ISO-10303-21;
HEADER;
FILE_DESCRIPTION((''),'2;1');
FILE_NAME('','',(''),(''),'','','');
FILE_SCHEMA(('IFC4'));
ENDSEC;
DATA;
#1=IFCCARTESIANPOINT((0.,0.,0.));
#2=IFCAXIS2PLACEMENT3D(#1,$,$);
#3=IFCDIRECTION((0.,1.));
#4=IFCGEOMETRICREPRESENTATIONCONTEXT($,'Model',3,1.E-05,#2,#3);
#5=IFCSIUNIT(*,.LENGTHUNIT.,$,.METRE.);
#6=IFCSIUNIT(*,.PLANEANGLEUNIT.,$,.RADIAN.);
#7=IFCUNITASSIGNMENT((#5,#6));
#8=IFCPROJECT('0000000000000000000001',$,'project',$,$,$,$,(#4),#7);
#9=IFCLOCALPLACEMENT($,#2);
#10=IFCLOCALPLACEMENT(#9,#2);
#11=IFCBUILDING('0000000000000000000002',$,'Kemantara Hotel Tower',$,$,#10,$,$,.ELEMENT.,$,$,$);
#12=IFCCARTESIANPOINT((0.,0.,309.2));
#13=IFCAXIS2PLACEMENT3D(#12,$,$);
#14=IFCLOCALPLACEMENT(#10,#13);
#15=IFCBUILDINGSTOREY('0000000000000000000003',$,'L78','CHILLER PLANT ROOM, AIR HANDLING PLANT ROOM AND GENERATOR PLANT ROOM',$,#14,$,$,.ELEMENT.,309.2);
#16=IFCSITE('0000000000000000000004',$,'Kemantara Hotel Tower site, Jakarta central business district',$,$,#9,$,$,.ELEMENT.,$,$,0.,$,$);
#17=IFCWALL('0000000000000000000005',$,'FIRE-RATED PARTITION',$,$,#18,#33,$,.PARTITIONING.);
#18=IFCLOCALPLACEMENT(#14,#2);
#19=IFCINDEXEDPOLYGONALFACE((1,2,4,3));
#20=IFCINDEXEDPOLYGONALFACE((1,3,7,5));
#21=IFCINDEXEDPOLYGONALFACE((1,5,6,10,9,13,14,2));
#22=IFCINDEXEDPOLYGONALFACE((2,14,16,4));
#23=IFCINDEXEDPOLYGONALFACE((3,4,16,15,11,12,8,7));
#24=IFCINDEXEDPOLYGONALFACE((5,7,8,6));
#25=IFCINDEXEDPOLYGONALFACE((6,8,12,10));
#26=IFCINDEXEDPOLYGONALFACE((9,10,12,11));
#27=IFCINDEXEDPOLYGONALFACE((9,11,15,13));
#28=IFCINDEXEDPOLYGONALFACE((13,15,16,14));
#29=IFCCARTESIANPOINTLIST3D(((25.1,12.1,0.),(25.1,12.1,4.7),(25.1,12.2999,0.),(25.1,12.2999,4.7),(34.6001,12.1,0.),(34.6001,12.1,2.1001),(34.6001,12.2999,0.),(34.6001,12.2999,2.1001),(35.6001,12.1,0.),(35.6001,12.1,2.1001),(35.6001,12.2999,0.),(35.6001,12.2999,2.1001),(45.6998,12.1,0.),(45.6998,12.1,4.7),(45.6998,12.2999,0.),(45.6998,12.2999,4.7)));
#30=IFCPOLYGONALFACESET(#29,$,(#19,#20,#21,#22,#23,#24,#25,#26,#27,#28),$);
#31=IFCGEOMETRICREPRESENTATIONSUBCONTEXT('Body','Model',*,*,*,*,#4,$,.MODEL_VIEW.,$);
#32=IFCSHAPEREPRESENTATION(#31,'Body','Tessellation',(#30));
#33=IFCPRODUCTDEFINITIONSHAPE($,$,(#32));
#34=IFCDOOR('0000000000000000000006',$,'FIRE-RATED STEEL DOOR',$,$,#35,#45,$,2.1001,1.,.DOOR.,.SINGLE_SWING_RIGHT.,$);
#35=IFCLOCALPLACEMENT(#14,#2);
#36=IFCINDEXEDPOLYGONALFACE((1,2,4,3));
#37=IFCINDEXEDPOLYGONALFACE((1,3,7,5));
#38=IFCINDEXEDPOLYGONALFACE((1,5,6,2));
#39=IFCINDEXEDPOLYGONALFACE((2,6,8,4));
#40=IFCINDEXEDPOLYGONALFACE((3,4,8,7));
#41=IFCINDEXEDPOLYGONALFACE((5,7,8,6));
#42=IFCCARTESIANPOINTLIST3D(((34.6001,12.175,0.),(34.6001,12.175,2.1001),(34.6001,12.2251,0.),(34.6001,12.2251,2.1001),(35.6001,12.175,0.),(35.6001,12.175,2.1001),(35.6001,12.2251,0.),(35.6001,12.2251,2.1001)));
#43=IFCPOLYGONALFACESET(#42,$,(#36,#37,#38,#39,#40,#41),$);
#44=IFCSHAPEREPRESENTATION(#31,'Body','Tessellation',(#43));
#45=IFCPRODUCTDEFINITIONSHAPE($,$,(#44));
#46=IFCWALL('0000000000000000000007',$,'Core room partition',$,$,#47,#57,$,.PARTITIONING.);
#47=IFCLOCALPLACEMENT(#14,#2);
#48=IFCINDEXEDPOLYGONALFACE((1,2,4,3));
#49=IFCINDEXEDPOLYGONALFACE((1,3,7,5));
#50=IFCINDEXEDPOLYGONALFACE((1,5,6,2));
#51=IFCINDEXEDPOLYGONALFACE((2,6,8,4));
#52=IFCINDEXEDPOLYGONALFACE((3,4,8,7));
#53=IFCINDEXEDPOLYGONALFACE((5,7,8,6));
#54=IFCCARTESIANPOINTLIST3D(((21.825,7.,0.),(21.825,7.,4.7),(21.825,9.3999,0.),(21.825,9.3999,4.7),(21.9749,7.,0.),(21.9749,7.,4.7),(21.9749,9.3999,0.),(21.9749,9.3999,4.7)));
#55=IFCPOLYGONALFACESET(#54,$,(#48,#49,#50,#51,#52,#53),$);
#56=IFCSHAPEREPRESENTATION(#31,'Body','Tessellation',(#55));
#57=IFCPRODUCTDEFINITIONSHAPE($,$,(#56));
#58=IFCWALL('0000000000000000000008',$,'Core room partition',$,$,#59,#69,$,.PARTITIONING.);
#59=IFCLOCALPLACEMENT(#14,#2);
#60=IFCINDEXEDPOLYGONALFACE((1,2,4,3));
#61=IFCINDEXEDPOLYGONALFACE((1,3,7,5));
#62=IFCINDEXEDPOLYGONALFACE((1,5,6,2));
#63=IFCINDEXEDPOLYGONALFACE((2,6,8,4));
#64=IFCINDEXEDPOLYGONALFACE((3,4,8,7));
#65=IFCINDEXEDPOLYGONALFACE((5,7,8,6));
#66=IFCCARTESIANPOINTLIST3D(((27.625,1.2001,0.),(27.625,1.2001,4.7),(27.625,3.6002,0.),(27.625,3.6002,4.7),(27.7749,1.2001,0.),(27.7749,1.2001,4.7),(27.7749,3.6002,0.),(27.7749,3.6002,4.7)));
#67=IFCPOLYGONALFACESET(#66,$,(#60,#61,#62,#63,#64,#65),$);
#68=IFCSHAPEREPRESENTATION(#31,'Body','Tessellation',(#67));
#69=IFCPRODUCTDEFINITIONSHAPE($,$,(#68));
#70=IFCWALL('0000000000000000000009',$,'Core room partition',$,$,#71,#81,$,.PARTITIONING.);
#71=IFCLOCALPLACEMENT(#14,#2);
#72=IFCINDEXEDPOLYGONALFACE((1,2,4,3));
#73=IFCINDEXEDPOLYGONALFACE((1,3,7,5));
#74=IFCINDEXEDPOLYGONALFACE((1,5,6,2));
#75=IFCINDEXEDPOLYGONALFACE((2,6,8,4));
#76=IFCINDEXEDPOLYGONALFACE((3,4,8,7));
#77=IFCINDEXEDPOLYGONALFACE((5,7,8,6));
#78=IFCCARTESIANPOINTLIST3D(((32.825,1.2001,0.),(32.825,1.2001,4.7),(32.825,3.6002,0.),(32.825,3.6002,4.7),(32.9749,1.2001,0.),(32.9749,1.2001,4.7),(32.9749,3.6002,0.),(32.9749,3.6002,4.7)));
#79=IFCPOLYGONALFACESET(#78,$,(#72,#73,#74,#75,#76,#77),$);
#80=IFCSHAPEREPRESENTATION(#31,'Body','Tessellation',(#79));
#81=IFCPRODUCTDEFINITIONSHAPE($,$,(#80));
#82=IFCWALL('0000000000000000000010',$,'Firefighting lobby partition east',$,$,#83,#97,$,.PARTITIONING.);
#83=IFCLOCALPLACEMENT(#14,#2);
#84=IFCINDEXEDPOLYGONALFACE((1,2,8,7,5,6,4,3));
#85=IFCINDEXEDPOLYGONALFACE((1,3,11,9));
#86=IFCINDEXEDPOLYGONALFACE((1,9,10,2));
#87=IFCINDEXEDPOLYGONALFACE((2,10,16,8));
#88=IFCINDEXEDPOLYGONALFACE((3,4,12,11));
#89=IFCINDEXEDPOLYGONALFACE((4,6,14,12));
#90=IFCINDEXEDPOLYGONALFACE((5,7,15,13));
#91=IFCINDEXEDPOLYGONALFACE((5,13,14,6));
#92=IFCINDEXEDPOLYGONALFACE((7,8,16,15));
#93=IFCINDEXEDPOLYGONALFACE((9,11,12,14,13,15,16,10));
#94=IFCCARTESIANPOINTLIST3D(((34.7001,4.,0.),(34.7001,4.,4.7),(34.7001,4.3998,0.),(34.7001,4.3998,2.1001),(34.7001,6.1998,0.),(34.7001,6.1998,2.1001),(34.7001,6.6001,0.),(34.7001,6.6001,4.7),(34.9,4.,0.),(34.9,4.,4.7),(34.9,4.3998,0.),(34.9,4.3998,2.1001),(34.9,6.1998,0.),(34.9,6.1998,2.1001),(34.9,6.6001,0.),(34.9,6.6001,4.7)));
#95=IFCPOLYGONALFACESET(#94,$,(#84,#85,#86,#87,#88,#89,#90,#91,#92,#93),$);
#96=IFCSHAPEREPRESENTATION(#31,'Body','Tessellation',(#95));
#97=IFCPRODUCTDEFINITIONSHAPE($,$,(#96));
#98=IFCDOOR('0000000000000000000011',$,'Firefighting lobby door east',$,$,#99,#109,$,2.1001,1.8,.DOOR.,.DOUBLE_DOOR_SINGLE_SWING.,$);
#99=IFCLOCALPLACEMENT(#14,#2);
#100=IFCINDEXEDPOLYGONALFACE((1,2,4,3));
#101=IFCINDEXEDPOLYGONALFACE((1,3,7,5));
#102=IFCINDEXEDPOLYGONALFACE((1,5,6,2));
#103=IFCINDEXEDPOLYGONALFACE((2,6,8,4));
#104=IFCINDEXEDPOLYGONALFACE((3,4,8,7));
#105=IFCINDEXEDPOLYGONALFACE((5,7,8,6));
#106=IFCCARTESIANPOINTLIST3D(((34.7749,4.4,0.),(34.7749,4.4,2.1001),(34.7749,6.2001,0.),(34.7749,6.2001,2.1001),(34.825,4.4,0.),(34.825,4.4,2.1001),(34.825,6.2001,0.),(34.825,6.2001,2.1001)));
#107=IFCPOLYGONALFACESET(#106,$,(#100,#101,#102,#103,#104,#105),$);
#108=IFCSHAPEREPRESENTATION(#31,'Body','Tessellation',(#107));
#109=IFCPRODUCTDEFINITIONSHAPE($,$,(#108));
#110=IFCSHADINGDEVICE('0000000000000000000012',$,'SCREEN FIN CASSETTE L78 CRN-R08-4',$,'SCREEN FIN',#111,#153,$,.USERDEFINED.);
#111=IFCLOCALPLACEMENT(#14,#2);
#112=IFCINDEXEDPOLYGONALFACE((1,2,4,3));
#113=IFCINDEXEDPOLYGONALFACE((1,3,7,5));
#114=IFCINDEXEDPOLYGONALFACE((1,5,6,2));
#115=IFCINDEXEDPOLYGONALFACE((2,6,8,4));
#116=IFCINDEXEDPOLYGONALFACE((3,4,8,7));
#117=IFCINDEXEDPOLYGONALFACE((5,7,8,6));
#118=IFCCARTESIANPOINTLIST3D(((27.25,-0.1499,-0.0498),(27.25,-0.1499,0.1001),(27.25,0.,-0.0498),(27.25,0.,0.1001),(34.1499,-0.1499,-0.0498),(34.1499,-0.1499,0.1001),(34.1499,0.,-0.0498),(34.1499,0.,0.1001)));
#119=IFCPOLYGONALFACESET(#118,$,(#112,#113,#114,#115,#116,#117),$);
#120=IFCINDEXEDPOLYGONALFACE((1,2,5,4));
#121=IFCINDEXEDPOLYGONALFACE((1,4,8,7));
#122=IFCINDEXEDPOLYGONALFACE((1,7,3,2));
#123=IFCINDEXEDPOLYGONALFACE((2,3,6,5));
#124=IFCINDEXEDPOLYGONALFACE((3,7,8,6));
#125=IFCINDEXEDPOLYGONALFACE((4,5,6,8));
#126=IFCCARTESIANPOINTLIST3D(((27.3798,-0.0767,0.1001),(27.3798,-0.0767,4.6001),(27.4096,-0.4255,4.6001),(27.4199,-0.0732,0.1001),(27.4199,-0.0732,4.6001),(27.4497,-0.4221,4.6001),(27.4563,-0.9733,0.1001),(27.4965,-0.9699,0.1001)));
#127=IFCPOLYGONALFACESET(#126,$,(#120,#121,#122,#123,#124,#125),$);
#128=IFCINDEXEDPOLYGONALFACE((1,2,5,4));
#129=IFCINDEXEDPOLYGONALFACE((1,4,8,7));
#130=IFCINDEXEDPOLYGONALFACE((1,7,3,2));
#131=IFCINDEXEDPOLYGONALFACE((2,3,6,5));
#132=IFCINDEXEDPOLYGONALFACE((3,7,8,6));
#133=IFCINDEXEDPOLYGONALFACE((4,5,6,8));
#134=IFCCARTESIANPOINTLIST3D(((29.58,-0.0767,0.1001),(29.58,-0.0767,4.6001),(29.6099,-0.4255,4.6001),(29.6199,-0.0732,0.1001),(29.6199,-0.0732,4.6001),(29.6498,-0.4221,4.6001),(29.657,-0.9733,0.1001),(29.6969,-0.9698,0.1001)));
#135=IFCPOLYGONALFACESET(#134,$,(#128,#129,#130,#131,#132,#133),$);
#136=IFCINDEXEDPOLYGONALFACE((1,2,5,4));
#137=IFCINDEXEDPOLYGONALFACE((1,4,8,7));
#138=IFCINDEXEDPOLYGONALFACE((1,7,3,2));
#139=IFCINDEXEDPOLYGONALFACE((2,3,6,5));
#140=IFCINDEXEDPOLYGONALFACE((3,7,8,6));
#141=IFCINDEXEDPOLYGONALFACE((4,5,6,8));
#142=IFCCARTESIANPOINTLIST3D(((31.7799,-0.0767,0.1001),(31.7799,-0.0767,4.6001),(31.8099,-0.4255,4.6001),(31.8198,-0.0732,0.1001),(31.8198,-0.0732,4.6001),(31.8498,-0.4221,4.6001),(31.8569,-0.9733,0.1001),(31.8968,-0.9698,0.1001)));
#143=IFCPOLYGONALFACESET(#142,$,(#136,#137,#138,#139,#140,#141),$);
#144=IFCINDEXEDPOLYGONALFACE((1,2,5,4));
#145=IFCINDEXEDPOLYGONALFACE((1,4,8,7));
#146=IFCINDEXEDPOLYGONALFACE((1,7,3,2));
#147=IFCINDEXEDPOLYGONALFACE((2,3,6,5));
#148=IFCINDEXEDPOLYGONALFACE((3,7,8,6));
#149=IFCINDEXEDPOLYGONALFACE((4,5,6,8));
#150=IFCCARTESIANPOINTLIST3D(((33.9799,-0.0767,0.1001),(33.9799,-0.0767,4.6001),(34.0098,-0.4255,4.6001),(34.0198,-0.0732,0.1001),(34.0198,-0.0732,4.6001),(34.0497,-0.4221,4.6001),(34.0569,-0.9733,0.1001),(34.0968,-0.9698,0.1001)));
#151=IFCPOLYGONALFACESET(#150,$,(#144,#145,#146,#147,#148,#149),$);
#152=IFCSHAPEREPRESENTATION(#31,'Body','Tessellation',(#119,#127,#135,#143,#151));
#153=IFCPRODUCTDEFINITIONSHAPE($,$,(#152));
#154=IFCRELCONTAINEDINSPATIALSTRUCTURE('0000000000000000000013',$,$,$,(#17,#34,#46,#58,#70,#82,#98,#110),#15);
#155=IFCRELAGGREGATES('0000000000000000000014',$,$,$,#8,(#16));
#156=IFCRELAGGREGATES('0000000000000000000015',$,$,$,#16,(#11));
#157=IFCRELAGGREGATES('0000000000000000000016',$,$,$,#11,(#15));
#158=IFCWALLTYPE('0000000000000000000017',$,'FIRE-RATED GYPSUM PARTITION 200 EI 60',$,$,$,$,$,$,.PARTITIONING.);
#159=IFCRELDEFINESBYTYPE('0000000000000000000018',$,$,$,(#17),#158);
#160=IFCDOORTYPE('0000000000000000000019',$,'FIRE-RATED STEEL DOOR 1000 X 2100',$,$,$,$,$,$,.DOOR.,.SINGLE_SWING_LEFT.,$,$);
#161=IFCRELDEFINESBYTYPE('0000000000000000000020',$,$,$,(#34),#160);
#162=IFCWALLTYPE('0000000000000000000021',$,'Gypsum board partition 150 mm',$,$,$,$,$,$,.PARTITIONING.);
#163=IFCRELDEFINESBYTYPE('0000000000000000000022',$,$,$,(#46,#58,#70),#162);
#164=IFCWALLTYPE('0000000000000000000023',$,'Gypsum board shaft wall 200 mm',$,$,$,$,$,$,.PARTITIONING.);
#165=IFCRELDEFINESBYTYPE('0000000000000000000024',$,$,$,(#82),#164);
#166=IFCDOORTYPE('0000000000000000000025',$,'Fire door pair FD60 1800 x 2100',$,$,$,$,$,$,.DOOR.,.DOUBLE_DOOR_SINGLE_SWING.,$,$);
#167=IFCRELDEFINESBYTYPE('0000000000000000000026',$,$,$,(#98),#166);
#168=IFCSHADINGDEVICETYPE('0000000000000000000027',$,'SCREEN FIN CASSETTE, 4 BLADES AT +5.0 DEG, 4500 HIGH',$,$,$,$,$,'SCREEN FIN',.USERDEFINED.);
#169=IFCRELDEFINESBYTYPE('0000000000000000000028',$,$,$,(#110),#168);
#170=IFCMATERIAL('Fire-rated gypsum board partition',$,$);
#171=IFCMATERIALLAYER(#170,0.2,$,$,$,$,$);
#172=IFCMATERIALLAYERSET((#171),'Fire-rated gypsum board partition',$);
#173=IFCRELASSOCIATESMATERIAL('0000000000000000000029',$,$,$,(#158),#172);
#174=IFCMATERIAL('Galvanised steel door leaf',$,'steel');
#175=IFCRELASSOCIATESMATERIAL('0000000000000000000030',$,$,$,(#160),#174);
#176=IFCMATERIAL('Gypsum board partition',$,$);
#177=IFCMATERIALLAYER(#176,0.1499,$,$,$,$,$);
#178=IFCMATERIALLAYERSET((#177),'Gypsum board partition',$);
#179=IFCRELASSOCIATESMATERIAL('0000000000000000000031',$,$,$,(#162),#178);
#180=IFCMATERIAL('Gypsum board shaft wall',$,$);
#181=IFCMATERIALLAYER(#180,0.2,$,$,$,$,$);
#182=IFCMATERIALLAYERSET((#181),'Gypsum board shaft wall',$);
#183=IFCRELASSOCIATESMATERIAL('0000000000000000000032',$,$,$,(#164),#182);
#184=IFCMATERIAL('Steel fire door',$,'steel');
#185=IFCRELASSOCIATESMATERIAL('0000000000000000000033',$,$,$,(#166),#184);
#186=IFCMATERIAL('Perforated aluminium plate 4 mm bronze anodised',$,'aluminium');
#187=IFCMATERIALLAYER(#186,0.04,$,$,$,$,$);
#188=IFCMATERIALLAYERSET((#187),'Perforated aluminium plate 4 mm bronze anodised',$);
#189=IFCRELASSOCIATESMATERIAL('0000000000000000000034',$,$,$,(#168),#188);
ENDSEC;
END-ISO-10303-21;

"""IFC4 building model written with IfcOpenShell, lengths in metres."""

from ifc_helpers import new_model, si_unit, direction, frame, frame_2d, origin, origin_2d, place, context, subcontext, project, spatial, polyline, rectangle, outline, extrude, source, transform, mapped, material, layer, layer_set, type_object, element, fill, save


model = new_model("IFC4")

# Units and contexts
model_context = context("Model", 3, precision=1e-05, world=origin(), true_north=direction((0.0, 1.0)))
body_context = subcontext(model_context, "Body", "Model", "MODEL_VIEW")
ifc_project = project(units=[si_unit("LENGTHUNIT", "METRE"), si_unit("PLANEANGLEUNIT", "RADIAN")], contexts=[model_context])

# Site, building, storey
site_placement = place(None, origin())
site = spatial("IfcSite", under=ifc_project, at=site_placement, Name="Kemantara Hotel Tower site, Jakarta central business district", CompositionType="ELEMENT", RefElevation=0.0)
building_placement = place(site_placement, origin())
building = spatial("IfcBuilding", under=site, at=building_placement, Name="Kemantara Hotel Tower", CompositionType="ELEMENT")
storey_placement = place(building_placement, frame((0.0, 0.0, 309.2)))
storey = spatial("IfcBuildingStorey", under=building, at=storey_placement, Name="L78", Description="CHILLER PLANT ROOM, AIR HANDLING PLANT ROOM AND GENERATOR PLANT ROOM", CompositionType="ELEMENT", Elevation=309.2)

# Wall, opening, door
ifc_material_1 = material(Name="Fire-rated gypsum board partition")
ifc_layer_1 = layer(ifc_material_1, 0.2)
ifc_layer_set_1 = layer_set([ifc_layer_1], Name="Fire-rated gypsum board partition")
wall_type_1 = type_object("IfcWallType", Name="FIRE-RATED GYPSUM PARTITION 200 EI 60", PredefinedType="PARTITIONING", material=ifc_layer_set_1)
wall_1_placement = place(storey_placement, frame((25.1001, 12.2, 0.0), z_axis=(0.0, 0.0, 1.0), x_axis=(1.0, 0.0, 0.0)))
wall_1 = element("IfcWall", 1, at=wall_1_placement, inside=storey, type_object=wall_type_1, Name="FIRE-RATED PARTITION", PredefinedType="PARTITIONING", context=body_context, shape_type="SweptSolid", body=[
    extrude(rectangle(XDim=20.5999, YDim=0.2, at=frame_2d((10.2998, 0.0))), origin(), (0.0, 0.0, 1.0), 4.7),
])
opening_1_placement = place(wall_1_placement, frame((9.5, 0.0, 0.0)))
opening_1 = element("IfcOpeningElement", 2, at=opening_1_placement, cuts=wall_1, PredefinedType="OPENING", context=body_context, shape_type="SweptSolid", body=[
    extrude(rectangle(XDim=1.0, YDim=2.1001, at=frame_2d((0.5, 1.05))), frame((0.0, 0.1099, 0.0), z_axis=(0.0, -1.0, 0.0), x_axis=(1.0, 0.0, 0.0)), (0.0, 0.0, 1.0), 0.22),
])
ifc_material_2 = material(Name="Galvanised steel door leaf", Category="steel")
door_type_1 = type_object("IfcDoorType", Name="FIRE-RATED STEEL DOOR 1000 X 2100", OperationType="SINGLE_SWING_LEFT", PredefinedType="DOOR", material=ifc_material_2)
door_1_placement = place(opening_1_placement, frame((1.0, 0.0, 0.0), z_axis=(0.0, 0.0, 1.0), x_axis=(-1.0, 0.0, 0.0)))
door_1 = element("IfcDoor", 3, at=door_1_placement, inside=storey, type_object=door_type_1, Name="FIRE-RATED STEEL DOOR", OperationType="SINGLE_SWING_RIGHT", OverallHeight=2.1001, OverallWidth=1.0, PredefinedType="DOOR", context=body_context, shape_type="SweptSolid", body=[
    extrude(rectangle(XDim=1.0, YDim=2.1001, at=frame_2d((0.5, 1.05))), frame((0.0, 0.0249, 0.0), z_axis=(0.0, -1.0, 0.0), x_axis=(1.0, 0.0, 0.0)), (0.0, 0.0, 1.0), 0.05),
])
fill(opening_1, door_1)

# Walls
ifc_material_3 = material(Name="Gypsum board partition")
ifc_layer_2 = layer(ifc_material_3, 0.1499)
ifc_layer_set_2 = layer_set([ifc_layer_2], Name="Gypsum board partition")
wall_type_2 = type_object("IfcWallType", Name="Gypsum board partition 150 mm", PredefinedType="PARTITIONING", material=ifc_layer_set_2)
wall_2_placement = place(storey_placement, frame((21.8999, 7.0, 0.0), z_axis=(0.0, 0.0, 1.0), x_axis=(0.0, 1.0, 0.0)))
element("IfcWall", 4, at=wall_2_placement, inside=storey, type_object=wall_type_2, Name="Core room partition", PredefinedType="PARTITIONING", context=body_context, shape_type="SweptSolid", body=[
    extrude(rectangle(XDim=2.3999, YDim=0.1499, at=frame_2d((1.2, 0.0))), origin(), (0.0, 0.0, 1.0), 4.7),
])
for number, where, z_axis, x_axis, name in (
    (5, (27.7, 1.2, 0.0), (0.0, 0.0, 1.0), (0.0, 1.0, 0.0), "Core room partition"),
    (6, (32.8999, 1.2, 0.0), (0.0, 0.0, 1.0), (0.0, 1.0, 0.0), "Core room partition"),
):
    element("IfcWall", number, at=place(storey_placement, frame(where, z_axis=z_axis, x_axis=x_axis)), inside=storey, type_object=wall_type_2, Name=name, PredefinedType="PARTITIONING", context=body_context, shape_type="SweptSolid", body=[
        extrude(rectangle(XDim=2.4001, YDim=0.1499, at=frame_2d((1.2002, 0.0))), origin(), (0.0, 0.0, 1.0), 4.7),
    ])

# Wall, opening, door
ifc_material_4 = material(Name="Gypsum board shaft wall")
ifc_layer_3 = layer(ifc_material_4, 0.2)
ifc_layer_set_3 = layer_set([ifc_layer_3], Name="Gypsum board shaft wall")
wall_type_3 = type_object("IfcWallType", Name="Gypsum board shaft wall 200 mm", PredefinedType="PARTITIONING", material=ifc_layer_set_3)
wall_3_placement = place(storey_placement, frame((34.8, 4.0, 0.0), z_axis=(0.0, 0.0, 1.0), x_axis=(0.0, 1.0, 0.0)))
wall_3 = element("IfcWall", 7, at=wall_3_placement, inside=storey, type_object=wall_type_3, Name="Firefighting lobby partition east", PredefinedType="PARTITIONING", context=body_context, shape_type="SweptSolid", body=[
    extrude(rectangle(XDim=2.6001, YDim=0.2, at=frame_2d((1.3, 0.0))), origin(), (0.0, 0.0, 1.0), 4.7),
])
opening_2_placement = place(wall_3_placement, frame((0.3999, 0.0, 0.0)))
opening_2 = element("IfcOpeningElement", 8, at=opening_2_placement, cuts=wall_3, PredefinedType="OPENING", context=body_context, shape_type="SweptSolid", body=[
    extrude(rectangle(XDim=1.8, YDim=2.1001, at=frame_2d((0.8999, 1.05))), frame((0.0, 0.1099, 0.0), z_axis=(0.0, -1.0, 0.0), x_axis=(1.0, 0.0, 0.0)), (0.0, 0.0, 1.0), 0.22),
])
ifc_material_5 = material(Name="Steel fire door", Category="steel")
door_type_2 = type_object("IfcDoorType", Name="Fire door pair FD60 1800 x 2100", OperationType="DOUBLE_DOOR_SINGLE_SWING", PredefinedType="DOOR", material=ifc_material_5)
door_2_placement = place(opening_2_placement, frame((1.8, 0.0, 0.0), z_axis=(0.0, 0.0, 1.0), x_axis=(-1.0, 0.0, 0.0)))
door_2 = element("IfcDoor", 9, at=door_2_placement, inside=storey, type_object=door_type_2, Name="Firefighting lobby door east", OperationType="DOUBLE_DOOR_SINGLE_SWING", OverallHeight=2.1001, OverallWidth=1.8, PredefinedType="DOOR", context=body_context, shape_type="SweptSolid", body=[
    extrude(rectangle(XDim=1.8, YDim=2.1001, at=frame_2d((0.8999, 1.05))), frame((0.0, 0.0249, 0.0), z_axis=(0.0, -1.0, 0.0), x_axis=(1.0, 0.0, 0.0)), (0.0, 0.0, 1.0), 0.05),
])
fill(opening_2, door_2)

# Shading device
ifc_material_6 = material(Name="Perforated aluminium plate 4 mm bronze anodised", Category="aluminium")
ifc_layer_4 = layer(ifc_material_6, 0.04)
ifc_layer_set_4 = layer_set([ifc_layer_4], Name="Perforated aluminium plate 4 mm bronze anodised")
shading_device_type_1 = type_object("IfcShadingDeviceType", Name="SCREEN FIN CASSETTE, 4 BLADES AT +5.0 DEG, 4500 HIGH", ElementType="SCREEN FIN", PredefinedType="USERDEFINED", material=ifc_layer_set_4)
shared_shape_1 = source(origin(), body_context, "Body", "SweptSolid", [
    extrude(rectangle(XDim=6.8999, YDim=0.1499, at=origin_2d()), frame((3.3, -0.075, -0.1499), z_axis=(0.0, 0.0, 1.0), x_axis=(1.0, 0.0, 0.0)), (0.0, 0.0, 1.0), 0.1499),
    extrude(outline(polyline([(0.0, 0.0), (0.8999, 0.0), (0.3501, 4.5), (0.0, 4.5), (0.0, 0.0)])), frame((0.02, -0.0732, 0.0), z_axis=(-0.996376, -0.085056, 0.0), x_axis=(0.085056, -0.996376, 0.0)), (0.0, 0.0, 1.0), 0.0403),
    extrude(outline(polyline([(0.0, 0.0), (0.8999, 0.0), (0.3501, 4.5), (0.0, 4.5), (0.0, 0.0)])), frame((2.22, -0.0732, 0.0), z_axis=(-0.996332, -0.085575, 0.0), x_axis=(0.085575, -0.996332, 0.0)), (0.0, 0.0, 1.0), 0.04),
    extrude(outline(polyline([(0.0, 0.0), (0.8999, 0.0), (0.3501, 4.5), (0.0, 4.5), (0.0, 0.0)])), frame((4.4199, -0.0732, 0.0), z_axis=(-0.996332, -0.085575, 0.0), x_axis=(0.085575, -0.996332, 0.0)), (0.0, 0.0, 1.0), 0.04),
    extrude(outline(polyline([(0.0, 0.0), (0.8999, 0.0), (0.3501, 4.5), (0.0, 4.5), (0.0, 0.0)])), frame((6.6199, -0.0732, 0.0), z_axis=(-0.996332, -0.085575, 0.0), x_axis=(0.085575, -0.996332, 0.0)), (0.0, 0.0, 1.0), 0.04),
])
shading_device_1_placement = place(storey_placement, frame((27.3999, 0.0, 0.1001), z_axis=(0.0, 0.0, 1.0), x_axis=(1.0, 0.0, 0.0)))
element("IfcShadingDevice", 10, at=shading_device_1_placement, inside=storey, type_object=shading_device_type_1, Name="SCREEN FIN CASSETTE L78 CRN-R08-4", ObjectType="SCREEN FIN", PredefinedType="USERDEFINED", context=body_context, shape_type="MappedRepresentation", body=[
    mapped(shared_shape_1, transform((0.0, 0.0, 0.0))),
])

save(model, "model.ifc")
